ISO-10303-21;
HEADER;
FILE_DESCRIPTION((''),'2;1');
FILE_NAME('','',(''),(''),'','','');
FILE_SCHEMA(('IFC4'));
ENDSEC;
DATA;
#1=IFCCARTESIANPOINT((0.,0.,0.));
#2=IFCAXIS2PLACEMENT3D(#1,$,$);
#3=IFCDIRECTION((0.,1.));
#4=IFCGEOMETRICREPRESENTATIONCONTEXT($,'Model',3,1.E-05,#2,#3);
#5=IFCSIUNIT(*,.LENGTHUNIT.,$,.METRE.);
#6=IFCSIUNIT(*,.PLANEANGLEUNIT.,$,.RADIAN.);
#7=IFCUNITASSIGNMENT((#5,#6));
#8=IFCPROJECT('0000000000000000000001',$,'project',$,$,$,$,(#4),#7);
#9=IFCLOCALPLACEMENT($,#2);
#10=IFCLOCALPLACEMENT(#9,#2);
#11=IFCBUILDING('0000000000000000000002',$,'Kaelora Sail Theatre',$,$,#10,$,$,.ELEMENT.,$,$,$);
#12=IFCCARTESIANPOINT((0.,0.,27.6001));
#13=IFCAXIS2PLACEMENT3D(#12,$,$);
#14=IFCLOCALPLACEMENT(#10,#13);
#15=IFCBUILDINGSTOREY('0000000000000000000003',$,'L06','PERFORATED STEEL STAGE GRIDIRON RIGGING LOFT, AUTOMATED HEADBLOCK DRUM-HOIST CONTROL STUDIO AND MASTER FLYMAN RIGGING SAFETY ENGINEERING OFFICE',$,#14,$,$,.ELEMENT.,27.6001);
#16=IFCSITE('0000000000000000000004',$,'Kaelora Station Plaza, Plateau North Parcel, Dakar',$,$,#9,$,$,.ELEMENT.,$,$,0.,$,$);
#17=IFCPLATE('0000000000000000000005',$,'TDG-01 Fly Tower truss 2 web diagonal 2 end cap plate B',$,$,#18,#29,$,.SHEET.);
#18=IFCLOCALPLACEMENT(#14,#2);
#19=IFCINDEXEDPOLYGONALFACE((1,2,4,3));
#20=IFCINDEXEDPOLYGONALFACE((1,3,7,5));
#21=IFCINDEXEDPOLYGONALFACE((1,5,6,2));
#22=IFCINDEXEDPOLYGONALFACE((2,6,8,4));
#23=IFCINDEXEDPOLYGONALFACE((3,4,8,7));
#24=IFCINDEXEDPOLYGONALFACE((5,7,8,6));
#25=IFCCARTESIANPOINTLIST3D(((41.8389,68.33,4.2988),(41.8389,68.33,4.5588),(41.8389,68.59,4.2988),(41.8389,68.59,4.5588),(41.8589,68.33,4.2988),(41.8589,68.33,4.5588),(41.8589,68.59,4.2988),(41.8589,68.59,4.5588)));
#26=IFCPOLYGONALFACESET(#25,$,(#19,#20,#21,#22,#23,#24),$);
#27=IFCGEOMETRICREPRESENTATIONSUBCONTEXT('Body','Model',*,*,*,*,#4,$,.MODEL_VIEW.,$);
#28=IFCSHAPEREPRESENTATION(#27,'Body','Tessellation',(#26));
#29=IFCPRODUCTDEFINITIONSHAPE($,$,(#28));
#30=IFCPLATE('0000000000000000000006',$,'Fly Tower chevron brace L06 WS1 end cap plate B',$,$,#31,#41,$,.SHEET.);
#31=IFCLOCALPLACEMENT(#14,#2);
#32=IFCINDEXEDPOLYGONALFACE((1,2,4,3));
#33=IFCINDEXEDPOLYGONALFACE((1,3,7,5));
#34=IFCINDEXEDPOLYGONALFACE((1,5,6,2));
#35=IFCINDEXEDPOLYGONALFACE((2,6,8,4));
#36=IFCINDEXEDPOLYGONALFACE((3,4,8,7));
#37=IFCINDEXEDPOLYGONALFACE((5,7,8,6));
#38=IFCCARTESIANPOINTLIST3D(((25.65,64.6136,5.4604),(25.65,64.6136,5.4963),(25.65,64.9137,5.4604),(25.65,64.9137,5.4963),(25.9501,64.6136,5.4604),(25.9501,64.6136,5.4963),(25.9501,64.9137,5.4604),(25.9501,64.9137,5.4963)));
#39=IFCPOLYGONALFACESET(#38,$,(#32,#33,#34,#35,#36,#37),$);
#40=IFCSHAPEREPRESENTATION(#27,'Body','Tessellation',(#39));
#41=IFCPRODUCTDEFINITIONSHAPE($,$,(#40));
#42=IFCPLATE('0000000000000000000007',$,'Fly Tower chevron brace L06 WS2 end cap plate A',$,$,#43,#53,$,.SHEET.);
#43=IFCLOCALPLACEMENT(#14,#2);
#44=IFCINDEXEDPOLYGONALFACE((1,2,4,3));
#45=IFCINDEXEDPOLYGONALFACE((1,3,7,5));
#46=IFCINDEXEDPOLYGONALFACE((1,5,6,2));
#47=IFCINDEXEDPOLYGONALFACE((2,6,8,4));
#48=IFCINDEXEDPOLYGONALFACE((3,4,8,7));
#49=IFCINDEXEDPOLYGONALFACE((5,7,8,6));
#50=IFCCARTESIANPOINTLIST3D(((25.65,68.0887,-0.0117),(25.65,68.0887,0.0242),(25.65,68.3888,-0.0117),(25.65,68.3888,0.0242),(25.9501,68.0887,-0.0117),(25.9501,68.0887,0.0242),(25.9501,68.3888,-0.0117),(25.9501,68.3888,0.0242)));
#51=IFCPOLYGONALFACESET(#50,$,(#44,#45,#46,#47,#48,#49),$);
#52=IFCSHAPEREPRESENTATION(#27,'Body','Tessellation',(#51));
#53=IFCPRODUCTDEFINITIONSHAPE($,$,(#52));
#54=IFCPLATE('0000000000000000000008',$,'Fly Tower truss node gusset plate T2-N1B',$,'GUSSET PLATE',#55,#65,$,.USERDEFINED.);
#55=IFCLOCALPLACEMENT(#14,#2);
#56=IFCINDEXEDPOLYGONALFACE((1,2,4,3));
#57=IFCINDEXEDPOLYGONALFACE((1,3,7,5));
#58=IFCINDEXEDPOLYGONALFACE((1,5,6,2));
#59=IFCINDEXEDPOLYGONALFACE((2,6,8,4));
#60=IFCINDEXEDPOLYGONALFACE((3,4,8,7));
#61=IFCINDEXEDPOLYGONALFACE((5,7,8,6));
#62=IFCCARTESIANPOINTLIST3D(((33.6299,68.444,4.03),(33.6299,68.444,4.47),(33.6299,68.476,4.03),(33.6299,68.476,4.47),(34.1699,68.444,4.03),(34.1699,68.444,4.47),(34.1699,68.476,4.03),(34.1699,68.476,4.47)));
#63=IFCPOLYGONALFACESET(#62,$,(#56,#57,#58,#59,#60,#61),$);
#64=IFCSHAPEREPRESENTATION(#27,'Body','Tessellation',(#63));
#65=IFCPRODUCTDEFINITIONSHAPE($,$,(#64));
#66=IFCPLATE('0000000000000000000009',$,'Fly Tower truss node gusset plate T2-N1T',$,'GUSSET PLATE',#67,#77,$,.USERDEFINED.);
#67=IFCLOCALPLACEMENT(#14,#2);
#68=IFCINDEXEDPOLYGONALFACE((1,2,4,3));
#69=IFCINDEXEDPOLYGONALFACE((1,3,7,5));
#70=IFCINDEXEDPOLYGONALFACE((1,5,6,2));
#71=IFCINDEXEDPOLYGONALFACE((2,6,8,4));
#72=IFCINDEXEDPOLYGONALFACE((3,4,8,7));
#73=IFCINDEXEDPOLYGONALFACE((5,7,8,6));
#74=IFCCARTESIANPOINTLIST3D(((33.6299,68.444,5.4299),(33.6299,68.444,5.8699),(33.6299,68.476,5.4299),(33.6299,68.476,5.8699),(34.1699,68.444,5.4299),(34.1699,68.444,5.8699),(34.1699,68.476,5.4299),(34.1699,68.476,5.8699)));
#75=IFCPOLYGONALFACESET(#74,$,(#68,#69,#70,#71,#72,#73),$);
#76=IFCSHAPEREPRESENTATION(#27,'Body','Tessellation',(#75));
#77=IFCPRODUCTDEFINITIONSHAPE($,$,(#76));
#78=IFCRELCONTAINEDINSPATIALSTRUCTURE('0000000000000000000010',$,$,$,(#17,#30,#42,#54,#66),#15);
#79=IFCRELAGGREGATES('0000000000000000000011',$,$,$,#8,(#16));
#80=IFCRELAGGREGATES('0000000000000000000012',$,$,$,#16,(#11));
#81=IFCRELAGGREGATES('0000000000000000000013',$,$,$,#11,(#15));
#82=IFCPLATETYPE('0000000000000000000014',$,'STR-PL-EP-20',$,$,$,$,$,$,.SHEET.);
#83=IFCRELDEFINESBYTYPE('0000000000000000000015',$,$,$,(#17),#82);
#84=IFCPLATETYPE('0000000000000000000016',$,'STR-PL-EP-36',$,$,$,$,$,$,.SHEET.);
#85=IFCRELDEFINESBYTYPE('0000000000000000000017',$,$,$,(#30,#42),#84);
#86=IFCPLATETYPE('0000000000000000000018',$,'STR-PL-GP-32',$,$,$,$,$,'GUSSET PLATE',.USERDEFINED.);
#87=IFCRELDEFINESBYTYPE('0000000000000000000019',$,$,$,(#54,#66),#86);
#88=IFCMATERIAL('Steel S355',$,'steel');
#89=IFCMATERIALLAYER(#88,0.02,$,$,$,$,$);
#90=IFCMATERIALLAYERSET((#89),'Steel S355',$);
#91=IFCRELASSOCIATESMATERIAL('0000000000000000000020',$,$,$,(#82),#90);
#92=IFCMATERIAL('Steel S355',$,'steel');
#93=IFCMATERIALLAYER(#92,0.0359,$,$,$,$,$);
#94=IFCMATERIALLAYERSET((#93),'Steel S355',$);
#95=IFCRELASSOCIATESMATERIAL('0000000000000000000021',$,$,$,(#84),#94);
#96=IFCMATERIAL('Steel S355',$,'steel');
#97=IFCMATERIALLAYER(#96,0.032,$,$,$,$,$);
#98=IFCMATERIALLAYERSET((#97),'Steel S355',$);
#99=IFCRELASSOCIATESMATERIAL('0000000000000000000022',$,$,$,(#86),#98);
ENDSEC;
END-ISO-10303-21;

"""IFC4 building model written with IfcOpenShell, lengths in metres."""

from ifc_helpers import new_model, si_unit, direction, frame, origin, origin_2d, place, context, subcontext, project, spatial, rectangle, extrude, material, layer, layer_set, type_object, element, save


model = new_model("IFC4")

# Units and contexts
model_context = context("Model", 3, precision=1e-05, world=origin(), true_north=direction((0.0, 1.0)))
body_context = subcontext(model_context, "Body", "Model", "MODEL_VIEW")
ifc_project = project(units=[si_unit("LENGTHUNIT", "METRE"), si_unit("PLANEANGLEUNIT", "RADIAN")], contexts=[model_context])

# Site, building, storey
site_placement = place(None, origin())
site = spatial("IfcSite", under=ifc_project, at=site_placement, Name="Kaelora Station Plaza, Plateau North Parcel, Dakar", CompositionType="ELEMENT", RefElevation=0.0)
building_placement = place(site_placement, origin())
building = spatial("IfcBuilding", under=site, at=building_placement, Name="Kaelora Sail Theatre", CompositionType="ELEMENT")
storey_placement = place(building_placement, frame((0.0, 0.0, 27.6001)))
storey = spatial("IfcBuildingStorey", under=building, at=storey_placement, Name="L06", Description="PERFORATED STEEL STAGE GRIDIRON RIGGING LOFT, AUTOMATED HEADBLOCK DRUM-HOIST CONTROL STUDIO AND MASTER FLYMAN RIGGING SAFETY ENGINEERING OFFICE", CompositionType="ELEMENT", Elevation=27.6001)

# Plates
ifc_material_1 = material(Name="Steel S355", Category="steel")
ifc_layer_1 = layer(ifc_material_1, 0.02)
ifc_layer_set_1 = layer_set([ifc_layer_1], Name="Steel S355")
plate_type_1 = type_object("IfcPlateType", Name="STR-PL-EP-20", PredefinedType="SHEET", material=ifc_layer_set_1)
for number, where, z_axis, x_axis, name in (
    (1, (41.8489, 68.46, 4.2988), (0.0, 0.0, 1.0), (1.0, 0.0, 0.0), "TDG-01 Fly Tower truss 2 web diagonal 2 end cap plate B"),
):
    element("IfcPlate", number, at=place(storey_placement, frame(where, z_axis=z_axis, x_axis=x_axis)), inside=storey, type_object=plate_type_1, Name=name, PredefinedType="SHEET", context=body_context, shape_type="SweptSolid", body=[
        extrude(rectangle(XDim=0.02, YDim=0.26, at=origin_2d()), origin(), (0.0, 0.0, 1.0), 0.26),
    ])
ifc_material_2 = material(Name="Steel S355", Category="steel")
ifc_layer_2 = layer(ifc_material_2, 0.0359)
ifc_layer_set_2 = layer_set([ifc_layer_2], Name="Steel S355")
plate_type_2 = type_object("IfcPlateType", Name="STR-PL-EP-36", PredefinedType="SHEET", material=ifc_layer_set_2)
for number, where, z_axis, x_axis, name in (
    (2, (25.8, 64.7637, 5.4604), (0.0, 0.0, 1.0), (1.0, 0.0, 0.0), "Fly Tower chevron brace L06 WS1 end cap plate B"),
    (3, (25.8, 68.2388, -0.0117), (0.0, 0.0, 1.0), (1.0, 0.0, 0.0), "Fly Tower chevron brace L06 WS2 end cap plate A"),
):
    element("IfcPlate", number, at=place(storey_placement, frame(where, z_axis=z_axis, x_axis=x_axis)), inside=storey, type_object=plate_type_2, Name=name, PredefinedType="SHEET", context=body_context, shape_type="SweptSolid", body=[
        extrude(rectangle(XDim=0.3, YDim=0.3, at=origin_2d()), origin(), (0.0, 0.0, 1.0), 0.0359),
    ])
ifc_material_3 = material(Name="Steel S355", Category="steel")
ifc_layer_3 = layer(ifc_material_3, 0.032)
ifc_layer_set_3 = layer_set([ifc_layer_3], Name="Steel S355")
plate_type_3 = type_object("IfcPlateType", Name="STR-PL-GP-32", ElementType="GUSSET PLATE", PredefinedType="USERDEFINED", material=ifc_layer_set_3)
for number, where, z_axis, x_axis, name in (
    (4, (33.8999, 68.46, 4.03), (0.0, 0.0, 1.0), (1.0, 0.0, 0.0), "Fly Tower truss node gusset plate T2-N1B"),
    (5, (33.8999, 68.46, 5.4299), (0.0, 0.0, 1.0), (1.0, 0.0, 0.0), "Fly Tower truss node gusset plate T2-N1T"),
):
    element("IfcPlate", number, at=place(storey_placement, frame(where, z_axis=z_axis, x_axis=x_axis)), inside=storey, type_object=plate_type_3, Name=name, ObjectType="GUSSET PLATE", PredefinedType="USERDEFINED", context=body_context, shape_type="SweptSolid", body=[
        extrude(rectangle(XDim=0.54, YDim=0.032, at=origin_2d()), origin(), (0.0, 0.0, 1.0), 0.4399),
    ])

save(model, "model.ifc")
